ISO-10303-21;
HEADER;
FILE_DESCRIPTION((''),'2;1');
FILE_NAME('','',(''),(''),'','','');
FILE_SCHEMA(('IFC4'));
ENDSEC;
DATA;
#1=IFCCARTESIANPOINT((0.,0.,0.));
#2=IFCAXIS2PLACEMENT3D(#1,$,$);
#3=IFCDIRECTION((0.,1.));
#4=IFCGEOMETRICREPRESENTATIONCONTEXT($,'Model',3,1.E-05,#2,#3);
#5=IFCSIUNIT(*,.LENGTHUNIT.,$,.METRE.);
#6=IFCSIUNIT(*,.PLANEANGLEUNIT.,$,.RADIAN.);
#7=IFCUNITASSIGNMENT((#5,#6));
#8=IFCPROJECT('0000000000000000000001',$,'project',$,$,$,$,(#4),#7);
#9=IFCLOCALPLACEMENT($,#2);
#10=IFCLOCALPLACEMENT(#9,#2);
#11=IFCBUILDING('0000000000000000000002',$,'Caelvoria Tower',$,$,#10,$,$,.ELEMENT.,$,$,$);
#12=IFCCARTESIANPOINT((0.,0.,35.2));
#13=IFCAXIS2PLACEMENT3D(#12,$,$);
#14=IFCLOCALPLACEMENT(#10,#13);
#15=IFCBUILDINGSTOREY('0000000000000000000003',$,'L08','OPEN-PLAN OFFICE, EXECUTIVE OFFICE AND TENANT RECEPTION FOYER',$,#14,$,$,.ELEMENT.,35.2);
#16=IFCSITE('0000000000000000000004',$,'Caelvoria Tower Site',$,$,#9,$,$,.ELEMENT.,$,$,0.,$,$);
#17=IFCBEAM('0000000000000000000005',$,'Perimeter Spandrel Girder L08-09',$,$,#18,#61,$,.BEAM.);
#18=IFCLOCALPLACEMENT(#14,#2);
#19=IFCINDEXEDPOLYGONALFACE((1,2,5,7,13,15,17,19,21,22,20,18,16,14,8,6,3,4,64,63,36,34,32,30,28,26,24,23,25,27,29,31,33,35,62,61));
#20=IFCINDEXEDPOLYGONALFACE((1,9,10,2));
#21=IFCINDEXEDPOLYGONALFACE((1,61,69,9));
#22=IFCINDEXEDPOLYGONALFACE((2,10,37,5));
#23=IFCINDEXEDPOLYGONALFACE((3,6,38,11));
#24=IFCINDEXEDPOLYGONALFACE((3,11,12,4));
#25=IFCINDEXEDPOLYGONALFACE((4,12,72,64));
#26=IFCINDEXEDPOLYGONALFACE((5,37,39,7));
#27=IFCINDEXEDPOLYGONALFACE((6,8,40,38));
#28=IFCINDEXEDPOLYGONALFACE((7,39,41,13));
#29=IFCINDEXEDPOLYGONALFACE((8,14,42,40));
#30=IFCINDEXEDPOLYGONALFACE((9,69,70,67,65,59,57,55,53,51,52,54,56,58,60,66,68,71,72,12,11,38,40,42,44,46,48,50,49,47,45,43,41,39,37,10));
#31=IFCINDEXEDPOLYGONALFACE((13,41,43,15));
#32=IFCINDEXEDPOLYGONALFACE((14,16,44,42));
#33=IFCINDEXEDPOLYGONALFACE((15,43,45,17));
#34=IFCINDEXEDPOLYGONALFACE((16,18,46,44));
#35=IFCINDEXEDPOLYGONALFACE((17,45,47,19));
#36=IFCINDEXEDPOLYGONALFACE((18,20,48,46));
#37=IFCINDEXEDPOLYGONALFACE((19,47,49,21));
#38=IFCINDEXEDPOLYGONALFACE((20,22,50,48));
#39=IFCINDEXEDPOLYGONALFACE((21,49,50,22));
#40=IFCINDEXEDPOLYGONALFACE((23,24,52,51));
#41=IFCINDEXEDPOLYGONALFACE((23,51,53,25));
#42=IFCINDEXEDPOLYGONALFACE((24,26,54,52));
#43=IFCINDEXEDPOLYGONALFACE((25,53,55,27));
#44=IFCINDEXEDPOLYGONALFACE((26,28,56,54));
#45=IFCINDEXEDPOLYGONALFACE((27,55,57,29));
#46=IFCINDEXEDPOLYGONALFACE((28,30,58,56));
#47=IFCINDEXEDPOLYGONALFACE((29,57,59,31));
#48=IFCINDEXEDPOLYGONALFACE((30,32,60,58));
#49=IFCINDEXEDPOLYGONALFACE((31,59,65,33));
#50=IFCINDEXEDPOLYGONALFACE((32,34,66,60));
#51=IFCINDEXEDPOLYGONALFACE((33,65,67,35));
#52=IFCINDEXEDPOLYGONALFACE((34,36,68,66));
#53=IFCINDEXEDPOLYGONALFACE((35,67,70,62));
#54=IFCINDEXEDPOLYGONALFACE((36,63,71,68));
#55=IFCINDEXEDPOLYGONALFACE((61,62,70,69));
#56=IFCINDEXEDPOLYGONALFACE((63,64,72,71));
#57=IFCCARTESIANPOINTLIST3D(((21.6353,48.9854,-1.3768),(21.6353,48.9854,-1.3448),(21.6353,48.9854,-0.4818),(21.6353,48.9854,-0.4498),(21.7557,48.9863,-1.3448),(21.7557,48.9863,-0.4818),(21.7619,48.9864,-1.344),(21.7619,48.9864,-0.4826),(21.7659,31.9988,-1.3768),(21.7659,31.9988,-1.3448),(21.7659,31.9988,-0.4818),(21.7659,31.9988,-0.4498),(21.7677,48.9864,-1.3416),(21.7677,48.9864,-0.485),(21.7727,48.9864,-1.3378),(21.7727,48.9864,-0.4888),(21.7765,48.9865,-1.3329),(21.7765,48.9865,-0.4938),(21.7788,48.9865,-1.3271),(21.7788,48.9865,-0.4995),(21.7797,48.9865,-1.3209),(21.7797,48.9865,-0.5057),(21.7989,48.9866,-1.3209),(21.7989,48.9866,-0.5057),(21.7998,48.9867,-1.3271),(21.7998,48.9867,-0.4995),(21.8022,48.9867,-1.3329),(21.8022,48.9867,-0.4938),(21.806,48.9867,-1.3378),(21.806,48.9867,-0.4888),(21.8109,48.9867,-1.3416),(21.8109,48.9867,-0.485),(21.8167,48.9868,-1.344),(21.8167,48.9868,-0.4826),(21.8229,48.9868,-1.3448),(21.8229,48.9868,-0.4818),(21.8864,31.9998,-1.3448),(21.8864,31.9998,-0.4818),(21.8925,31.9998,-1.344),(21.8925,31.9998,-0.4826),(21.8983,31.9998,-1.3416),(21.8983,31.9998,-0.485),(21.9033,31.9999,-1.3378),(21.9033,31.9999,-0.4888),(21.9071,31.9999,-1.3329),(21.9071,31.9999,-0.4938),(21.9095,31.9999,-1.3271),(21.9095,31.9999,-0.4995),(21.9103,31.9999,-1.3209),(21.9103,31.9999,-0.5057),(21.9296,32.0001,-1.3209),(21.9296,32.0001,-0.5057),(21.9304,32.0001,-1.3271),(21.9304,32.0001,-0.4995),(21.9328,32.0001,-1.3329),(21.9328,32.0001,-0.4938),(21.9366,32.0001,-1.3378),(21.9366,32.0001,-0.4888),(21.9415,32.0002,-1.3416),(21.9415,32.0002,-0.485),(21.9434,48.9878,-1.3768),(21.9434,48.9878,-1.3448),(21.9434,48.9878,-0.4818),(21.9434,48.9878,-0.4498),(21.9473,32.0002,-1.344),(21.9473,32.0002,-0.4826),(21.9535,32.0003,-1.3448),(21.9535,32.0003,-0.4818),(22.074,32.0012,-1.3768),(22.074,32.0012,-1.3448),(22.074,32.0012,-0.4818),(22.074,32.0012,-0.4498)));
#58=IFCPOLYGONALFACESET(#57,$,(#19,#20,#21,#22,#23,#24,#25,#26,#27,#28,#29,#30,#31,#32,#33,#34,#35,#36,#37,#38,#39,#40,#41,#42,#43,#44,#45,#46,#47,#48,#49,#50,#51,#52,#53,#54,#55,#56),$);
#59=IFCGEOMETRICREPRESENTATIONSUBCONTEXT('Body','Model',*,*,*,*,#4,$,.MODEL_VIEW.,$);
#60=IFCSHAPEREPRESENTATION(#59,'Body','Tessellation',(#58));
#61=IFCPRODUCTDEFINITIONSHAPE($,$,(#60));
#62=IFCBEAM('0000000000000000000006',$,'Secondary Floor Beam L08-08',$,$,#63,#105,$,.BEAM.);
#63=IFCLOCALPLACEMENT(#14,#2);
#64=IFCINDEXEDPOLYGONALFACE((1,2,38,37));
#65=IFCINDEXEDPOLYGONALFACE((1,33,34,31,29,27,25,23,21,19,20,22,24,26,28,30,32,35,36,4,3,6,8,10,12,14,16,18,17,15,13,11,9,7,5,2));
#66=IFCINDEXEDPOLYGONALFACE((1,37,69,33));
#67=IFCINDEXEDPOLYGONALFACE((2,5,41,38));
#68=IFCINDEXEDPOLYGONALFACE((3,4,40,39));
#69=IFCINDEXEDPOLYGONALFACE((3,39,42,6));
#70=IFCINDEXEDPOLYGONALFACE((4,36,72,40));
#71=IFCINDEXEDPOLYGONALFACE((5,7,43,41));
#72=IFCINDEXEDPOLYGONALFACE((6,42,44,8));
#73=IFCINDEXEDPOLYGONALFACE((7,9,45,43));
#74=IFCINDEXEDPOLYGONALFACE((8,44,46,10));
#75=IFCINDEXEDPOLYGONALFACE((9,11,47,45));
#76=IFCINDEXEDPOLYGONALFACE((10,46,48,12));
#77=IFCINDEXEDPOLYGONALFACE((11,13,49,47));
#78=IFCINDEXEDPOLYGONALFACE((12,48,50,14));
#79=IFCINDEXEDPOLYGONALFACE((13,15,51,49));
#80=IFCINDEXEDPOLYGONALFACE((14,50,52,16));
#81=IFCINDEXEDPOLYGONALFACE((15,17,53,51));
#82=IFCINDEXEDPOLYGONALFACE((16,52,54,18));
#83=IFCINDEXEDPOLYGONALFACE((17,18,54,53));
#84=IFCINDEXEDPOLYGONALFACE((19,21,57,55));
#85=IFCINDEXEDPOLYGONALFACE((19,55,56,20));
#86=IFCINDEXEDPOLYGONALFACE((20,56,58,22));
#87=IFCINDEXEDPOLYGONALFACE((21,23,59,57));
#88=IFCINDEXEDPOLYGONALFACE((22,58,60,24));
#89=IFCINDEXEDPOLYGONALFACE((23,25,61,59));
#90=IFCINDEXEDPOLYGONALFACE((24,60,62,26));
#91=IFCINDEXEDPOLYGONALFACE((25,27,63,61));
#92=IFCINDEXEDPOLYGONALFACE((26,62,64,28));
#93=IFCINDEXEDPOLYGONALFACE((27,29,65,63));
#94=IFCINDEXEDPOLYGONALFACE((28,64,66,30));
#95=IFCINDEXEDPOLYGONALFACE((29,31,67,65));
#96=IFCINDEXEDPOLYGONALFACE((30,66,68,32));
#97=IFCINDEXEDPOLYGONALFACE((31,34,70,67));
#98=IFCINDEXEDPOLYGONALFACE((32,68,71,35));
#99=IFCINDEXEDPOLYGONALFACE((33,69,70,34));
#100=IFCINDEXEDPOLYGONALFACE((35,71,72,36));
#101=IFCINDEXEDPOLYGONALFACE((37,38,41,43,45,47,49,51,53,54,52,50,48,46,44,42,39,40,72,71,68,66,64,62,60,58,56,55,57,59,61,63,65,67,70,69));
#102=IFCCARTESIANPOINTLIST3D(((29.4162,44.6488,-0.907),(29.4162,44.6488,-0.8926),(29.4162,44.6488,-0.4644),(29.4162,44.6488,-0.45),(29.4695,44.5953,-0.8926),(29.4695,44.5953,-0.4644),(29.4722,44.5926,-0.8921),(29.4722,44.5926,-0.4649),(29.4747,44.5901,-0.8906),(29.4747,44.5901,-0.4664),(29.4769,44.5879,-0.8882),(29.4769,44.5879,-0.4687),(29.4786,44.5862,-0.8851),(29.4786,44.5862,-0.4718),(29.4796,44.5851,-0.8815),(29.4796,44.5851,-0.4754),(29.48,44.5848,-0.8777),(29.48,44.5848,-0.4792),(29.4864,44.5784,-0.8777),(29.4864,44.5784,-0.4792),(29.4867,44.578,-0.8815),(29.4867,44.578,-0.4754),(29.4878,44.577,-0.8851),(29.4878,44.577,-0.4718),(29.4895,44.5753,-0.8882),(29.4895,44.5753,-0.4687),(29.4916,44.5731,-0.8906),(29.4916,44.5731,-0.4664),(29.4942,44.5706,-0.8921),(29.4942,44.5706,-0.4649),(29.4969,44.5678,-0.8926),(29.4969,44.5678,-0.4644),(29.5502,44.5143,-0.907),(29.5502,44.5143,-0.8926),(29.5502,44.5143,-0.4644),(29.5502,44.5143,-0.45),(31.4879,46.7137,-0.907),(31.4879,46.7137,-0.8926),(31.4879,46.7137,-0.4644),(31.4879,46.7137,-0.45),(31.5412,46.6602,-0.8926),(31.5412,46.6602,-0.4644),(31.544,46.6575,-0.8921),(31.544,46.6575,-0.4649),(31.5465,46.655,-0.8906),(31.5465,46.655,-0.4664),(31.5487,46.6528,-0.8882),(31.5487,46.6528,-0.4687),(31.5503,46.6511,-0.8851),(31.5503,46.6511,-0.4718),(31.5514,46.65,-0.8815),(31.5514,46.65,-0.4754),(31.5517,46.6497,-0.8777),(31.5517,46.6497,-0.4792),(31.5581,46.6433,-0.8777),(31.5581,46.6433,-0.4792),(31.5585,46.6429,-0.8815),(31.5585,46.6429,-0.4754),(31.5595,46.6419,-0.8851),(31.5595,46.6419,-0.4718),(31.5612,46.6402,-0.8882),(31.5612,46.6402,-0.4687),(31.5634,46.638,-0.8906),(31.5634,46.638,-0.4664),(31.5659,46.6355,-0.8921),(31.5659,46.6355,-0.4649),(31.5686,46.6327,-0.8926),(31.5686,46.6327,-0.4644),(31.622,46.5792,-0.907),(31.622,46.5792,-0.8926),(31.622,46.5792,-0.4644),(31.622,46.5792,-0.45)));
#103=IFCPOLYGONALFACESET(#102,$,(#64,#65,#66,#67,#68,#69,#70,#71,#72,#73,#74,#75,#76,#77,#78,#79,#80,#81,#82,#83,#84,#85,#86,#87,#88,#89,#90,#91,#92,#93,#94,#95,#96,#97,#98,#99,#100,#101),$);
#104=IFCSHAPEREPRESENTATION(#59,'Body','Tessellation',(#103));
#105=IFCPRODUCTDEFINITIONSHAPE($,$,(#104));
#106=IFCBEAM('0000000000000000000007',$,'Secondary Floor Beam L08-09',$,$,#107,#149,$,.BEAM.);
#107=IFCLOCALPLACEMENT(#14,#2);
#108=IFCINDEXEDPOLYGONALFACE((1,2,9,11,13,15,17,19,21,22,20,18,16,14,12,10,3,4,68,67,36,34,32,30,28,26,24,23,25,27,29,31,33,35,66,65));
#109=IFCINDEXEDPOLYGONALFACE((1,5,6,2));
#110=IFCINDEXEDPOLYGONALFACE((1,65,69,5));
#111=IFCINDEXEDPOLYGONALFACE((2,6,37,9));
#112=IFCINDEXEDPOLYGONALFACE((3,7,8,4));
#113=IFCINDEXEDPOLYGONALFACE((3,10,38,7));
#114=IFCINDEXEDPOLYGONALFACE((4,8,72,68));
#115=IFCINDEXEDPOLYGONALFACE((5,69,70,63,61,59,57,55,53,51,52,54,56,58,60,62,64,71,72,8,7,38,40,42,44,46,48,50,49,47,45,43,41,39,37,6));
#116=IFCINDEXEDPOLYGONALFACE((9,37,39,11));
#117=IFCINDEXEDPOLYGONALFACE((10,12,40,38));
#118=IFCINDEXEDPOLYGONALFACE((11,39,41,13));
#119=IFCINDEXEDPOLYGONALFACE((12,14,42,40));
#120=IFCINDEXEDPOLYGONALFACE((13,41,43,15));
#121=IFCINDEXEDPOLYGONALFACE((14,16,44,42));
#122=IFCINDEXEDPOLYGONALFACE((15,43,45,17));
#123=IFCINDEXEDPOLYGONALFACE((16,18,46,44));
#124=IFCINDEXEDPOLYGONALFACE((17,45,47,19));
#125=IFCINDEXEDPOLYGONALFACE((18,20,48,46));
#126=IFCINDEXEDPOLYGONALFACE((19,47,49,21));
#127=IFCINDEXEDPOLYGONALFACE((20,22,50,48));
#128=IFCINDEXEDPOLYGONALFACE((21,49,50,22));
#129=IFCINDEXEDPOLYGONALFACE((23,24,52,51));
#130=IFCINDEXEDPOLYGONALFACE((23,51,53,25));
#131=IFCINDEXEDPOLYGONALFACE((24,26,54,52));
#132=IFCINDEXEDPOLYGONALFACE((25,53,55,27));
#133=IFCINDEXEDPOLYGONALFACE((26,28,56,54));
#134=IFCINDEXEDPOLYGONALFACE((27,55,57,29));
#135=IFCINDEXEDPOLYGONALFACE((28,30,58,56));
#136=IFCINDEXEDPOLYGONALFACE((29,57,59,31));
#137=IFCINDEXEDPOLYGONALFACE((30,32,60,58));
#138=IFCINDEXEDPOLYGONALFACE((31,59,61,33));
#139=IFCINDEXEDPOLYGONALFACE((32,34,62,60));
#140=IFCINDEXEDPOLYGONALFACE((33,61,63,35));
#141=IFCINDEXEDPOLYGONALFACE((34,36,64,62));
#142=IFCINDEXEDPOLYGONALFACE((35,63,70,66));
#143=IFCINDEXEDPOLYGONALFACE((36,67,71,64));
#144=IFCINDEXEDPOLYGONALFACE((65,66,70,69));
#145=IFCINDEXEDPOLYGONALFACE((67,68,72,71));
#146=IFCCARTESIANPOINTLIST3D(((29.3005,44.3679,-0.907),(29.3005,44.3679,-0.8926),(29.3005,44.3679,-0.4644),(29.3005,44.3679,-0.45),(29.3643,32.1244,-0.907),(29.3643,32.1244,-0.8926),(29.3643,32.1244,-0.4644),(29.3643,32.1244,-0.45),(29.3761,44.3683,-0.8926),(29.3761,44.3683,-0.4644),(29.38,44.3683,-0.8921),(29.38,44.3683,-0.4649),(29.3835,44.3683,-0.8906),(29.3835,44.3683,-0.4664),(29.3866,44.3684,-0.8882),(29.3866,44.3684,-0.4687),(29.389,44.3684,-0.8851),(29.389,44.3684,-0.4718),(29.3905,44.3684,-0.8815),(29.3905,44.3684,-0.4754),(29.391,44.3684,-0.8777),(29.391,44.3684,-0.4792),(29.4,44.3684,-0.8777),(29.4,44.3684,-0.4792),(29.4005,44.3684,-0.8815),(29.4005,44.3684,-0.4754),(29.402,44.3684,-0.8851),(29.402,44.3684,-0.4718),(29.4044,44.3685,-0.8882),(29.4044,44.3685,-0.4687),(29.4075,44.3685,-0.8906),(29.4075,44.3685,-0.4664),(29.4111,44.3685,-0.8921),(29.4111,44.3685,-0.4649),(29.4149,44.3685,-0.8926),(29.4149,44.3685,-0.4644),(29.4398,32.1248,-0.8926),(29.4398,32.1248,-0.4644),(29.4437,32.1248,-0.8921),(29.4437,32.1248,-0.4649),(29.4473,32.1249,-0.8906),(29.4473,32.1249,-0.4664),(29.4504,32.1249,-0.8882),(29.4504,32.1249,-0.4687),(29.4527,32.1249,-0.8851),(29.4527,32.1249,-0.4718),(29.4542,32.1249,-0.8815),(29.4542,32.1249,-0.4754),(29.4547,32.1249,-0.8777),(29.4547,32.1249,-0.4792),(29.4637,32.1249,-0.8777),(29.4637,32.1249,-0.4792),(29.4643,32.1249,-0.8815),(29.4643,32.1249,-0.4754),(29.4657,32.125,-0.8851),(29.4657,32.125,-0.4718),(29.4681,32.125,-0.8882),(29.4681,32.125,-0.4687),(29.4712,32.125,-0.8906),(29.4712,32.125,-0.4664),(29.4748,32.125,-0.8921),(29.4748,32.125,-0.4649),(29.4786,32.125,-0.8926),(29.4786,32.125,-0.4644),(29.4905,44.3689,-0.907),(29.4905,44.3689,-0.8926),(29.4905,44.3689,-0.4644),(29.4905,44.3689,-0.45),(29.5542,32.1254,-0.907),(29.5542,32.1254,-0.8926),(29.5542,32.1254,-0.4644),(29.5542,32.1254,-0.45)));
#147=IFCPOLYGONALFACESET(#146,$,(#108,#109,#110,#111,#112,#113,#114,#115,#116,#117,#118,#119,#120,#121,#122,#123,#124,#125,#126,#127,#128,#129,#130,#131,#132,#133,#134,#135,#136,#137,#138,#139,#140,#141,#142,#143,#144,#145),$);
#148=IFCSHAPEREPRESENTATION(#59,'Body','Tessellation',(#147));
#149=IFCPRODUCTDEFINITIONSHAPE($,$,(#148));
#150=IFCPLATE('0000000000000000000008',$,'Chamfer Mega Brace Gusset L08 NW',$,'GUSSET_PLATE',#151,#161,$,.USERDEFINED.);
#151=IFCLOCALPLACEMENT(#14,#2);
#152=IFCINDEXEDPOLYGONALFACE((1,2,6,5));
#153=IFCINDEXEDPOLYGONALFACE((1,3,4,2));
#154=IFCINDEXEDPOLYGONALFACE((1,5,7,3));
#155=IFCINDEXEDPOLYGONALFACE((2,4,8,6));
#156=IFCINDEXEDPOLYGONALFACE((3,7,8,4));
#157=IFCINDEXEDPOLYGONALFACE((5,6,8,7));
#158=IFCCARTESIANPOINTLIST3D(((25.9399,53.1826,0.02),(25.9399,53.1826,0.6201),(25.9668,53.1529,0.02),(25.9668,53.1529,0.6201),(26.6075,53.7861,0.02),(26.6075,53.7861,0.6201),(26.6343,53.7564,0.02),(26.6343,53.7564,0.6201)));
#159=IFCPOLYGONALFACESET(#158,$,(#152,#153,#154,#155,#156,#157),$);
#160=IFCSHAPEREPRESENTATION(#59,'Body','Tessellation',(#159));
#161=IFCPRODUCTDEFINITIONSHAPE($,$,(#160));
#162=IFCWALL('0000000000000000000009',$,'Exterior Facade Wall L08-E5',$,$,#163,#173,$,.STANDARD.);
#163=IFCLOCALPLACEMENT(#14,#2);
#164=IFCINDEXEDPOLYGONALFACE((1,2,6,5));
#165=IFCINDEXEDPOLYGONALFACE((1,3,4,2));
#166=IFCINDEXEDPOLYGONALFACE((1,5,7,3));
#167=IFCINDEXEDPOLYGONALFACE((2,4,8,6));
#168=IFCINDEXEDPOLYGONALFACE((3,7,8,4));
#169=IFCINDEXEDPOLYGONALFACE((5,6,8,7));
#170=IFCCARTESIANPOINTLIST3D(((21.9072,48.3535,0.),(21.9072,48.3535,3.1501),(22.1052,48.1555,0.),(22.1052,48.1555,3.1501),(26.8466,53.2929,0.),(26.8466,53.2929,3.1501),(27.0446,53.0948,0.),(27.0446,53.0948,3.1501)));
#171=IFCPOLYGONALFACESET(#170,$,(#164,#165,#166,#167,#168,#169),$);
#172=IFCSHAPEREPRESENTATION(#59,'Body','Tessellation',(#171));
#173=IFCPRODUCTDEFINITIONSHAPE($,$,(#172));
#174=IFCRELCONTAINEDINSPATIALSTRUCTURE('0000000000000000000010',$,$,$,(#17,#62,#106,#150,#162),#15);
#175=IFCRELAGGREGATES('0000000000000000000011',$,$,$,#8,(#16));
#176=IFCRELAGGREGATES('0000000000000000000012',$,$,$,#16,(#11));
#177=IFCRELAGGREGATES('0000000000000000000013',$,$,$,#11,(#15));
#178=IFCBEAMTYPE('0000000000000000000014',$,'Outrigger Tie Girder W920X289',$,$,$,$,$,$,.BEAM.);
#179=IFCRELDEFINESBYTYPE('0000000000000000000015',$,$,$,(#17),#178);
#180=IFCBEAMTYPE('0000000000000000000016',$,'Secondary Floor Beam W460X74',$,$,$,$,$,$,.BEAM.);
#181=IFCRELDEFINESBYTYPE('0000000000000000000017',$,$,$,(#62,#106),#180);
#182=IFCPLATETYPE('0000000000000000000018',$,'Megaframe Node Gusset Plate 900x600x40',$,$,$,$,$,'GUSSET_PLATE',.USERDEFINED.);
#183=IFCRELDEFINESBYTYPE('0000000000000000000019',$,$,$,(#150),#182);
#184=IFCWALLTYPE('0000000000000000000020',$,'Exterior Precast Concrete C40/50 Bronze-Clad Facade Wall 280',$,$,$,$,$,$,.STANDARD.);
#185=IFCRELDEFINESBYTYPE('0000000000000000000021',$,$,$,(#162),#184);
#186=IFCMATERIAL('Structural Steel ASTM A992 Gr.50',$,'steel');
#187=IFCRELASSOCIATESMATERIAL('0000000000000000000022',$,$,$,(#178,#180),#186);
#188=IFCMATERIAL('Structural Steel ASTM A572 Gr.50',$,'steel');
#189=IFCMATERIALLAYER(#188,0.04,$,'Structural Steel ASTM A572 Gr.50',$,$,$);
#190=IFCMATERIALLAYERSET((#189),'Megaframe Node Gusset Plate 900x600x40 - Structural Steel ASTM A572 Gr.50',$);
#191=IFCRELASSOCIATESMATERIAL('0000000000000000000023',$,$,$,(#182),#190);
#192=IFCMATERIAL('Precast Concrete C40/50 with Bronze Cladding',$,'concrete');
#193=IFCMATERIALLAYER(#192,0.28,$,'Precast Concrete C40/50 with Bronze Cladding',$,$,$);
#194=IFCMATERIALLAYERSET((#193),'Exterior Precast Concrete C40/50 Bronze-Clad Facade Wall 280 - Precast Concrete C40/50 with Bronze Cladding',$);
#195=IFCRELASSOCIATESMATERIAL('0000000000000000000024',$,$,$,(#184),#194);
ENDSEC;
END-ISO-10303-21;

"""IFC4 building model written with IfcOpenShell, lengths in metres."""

from ifc_helpers import new_model, si_unit, direction, frame, frame_2d, origin, origin_2d, place, context, subcontext, project, spatial, rectangle, i_section, extrude, material, layer, layer_set, material_profile, profile_set, type_object, element, save


model = new_model("IFC4")

# Units and contexts
model_context = context("Model", 3, precision=1e-05, world=origin(), true_north=direction((0.0, 1.0)))
body_context = subcontext(model_context, "Body", "Model", "MODEL_VIEW")
ifc_project = project(units=[si_unit("LENGTHUNIT", "METRE"), si_unit("PLANEANGLEUNIT", "RADIAN")], contexts=[model_context])

# Site, building, storey
site_placement = place(None, origin())
site = spatial("IfcSite", under=ifc_project, at=site_placement, Name="Caelvoria Tower Site", CompositionType="ELEMENT", RefElevation=0.0)
building_placement = place(site_placement, origin())
building = spatial("IfcBuilding", under=site, at=building_placement, Name="Caelvoria Tower", CompositionType="ELEMENT")
storey_placement = place(building_placement, frame((0.0, 0.0, 35.2)))
storey = spatial("IfcBuildingStorey", under=building, at=storey_placement, Name="L08", Description="OPEN-PLAN OFFICE, EXECUTIVE OFFICE AND TENANT RECEPTION FOYER", CompositionType="ELEMENT", Elevation=35.2)

# Shared definitions
ifc_material_1 = material(Name="Structural Steel ASTM A572 Gr.50", Category="steel")

# Beams
ifc_material_2 = material(Name="Structural Steel ASTM A992 Gr.50", Category="steel")
ifc_material_profile_1 = material_profile(ifc_material_2, i_section(OverallWidth=0.3081, OverallDepth=0.927, WebThickness=0.0193, FlangeThickness=0.032, FilletRadius=0.0239, at=origin_2d()), Name="Structural Steel ASTM A992 Gr.50")
ifc_profile_set_1 = profile_set([ifc_material_profile_1], Name="W920X289 - Structural Steel ASTM A992 Gr.50")
beam_type_1 = type_object("IfcBeamType", Name="Outrigger Tie Girder W920X289", PredefinedType="BEAM", material=ifc_profile_set_1)
beam_1_placement = place(storey_placement, frame((21.7893, 48.9866, -0.9133), z_axis=(0.007689, -0.99997, 0.0), x_axis=(0.99997, 0.007689, 0.0)))
element("IfcBeam", 1, at=beam_1_placement, inside=storey, type_object=beam_type_1, Name="Perimeter Spandrel Girder L08-09", PredefinedType="BEAM", context=body_context, shape_type="SweptSolid", body=[
    extrude(i_section(OverallWidth=0.3081, OverallDepth=0.927, WebThickness=0.0193, FlangeThickness=0.032, FilletRadius=0.0239, at=origin_2d()), origin(), (0.0, 0.0, 1.0), 16.9871),
])
ifc_material_profile_2 = material_profile(ifc_material_2, i_section(OverallWidth=0.1899, OverallDepth=0.457, WebThickness=0.009, FlangeThickness=0.0144, FilletRadius=0.0149, at=origin_2d()), Name="Structural Steel ASTM A992 Gr.50")
ifc_profile_set_2 = profile_set([ifc_material_profile_2], Name="W460X74 - Structural Steel ASTM A992 Gr.50")
beam_type_2 = type_object("IfcBeamType", Name="Secondary Floor Beam W460X74", PredefinedType="BEAM", material=ifc_profile_set_2)
beam_2_placement = place(storey_placement, frame((31.5549, 46.6465, -0.6785), z_axis=(-0.708274, -0.705937, 0.0), x_axis=(0.705937, -0.708274, 0.0)))
element("IfcBeam", 2, at=beam_2_placement, inside=storey, type_object=beam_type_2, Name="Secondary Floor Beam L08-08", PredefinedType="BEAM", context=body_context, shape_type="SweptSolid", body=[
    extrude(i_section(OverallWidth=0.1899, OverallDepth=0.457, WebThickness=0.009, FlangeThickness=0.0144, FilletRadius=0.0149, at=origin_2d()), origin(), (0.0, 0.0, 1.0), 2.925),
])
beam_3_placement = place(storey_placement, frame((29.3955, 44.3684, -0.6785), z_axis=(0.005204, -0.999986, 0.0), x_axis=(0.999986, 0.005204, 0.0)))
element("IfcBeam", 3, at=beam_3_placement, inside=storey, type_object=beam_type_2, Name="Secondary Floor Beam L08-09", PredefinedType="BEAM", context=body_context, shape_type="SweptSolid", body=[
    extrude(i_section(OverallWidth=0.1899, OverallDepth=0.457, WebThickness=0.009, FlangeThickness=0.0144, FilletRadius=0.0149, at=origin_2d()), origin(), (0.0, 0.0, 1.0), 12.2437),
])

# Plate
ifc_layer_1 = layer(ifc_material_1, 0.04, Name="Structural Steel ASTM A572 Gr.50")
ifc_layer_set_1 = layer_set([ifc_layer_1], Name="Megaframe Node Gusset Plate 900x600x40 - Structural Steel ASTM A572 Gr.50")
plate_type = type_object("IfcPlateType", Name="Megaframe Node Gusset Plate 900x600x40", ElementType="GUSSET_PLATE", PredefinedType="USERDEFINED", material=ifc_layer_set_1)
plate_placement = place(storey_placement, frame((26.2871, 53.4695, 0.02), z_axis=(0.0, 0.0, 1.0), x_axis=(-0.741816, -0.670604, 0.0)))
element("IfcPlate", 4, at=plate_placement, inside=storey, type_object=plate_type, Name="Chamfer Mega Brace Gusset L08 NW", ObjectType="GUSSET_PLATE", PredefinedType="USERDEFINED", context=body_context, shape_type="SweptSolid", body=[
    extrude(rectangle(XDim=0.8999, YDim=0.04, at=origin_2d()), origin(), (0.0, 0.0, 1.0), 0.6001),
])

# Wall
ifc_material_3 = material(Name="Precast Concrete C40/50 with Bronze Cladding", Category="concrete")
ifc_layer_2 = layer(ifc_material_3, 0.28, Name="Precast Concrete C40/50 with Bronze Cladding")
ifc_layer_set_2 = layer_set([ifc_layer_2], Name="Exterior Precast Concrete C40/50 Bronze-Clad Facade Wall 280 - Precast Concrete C40/50 with Bronze Cladding")
wall_type = type_object("IfcWallType", Name="Exterior Precast Concrete C40/50 Bronze-Clad Facade Wall 280", PredefinedType="STANDARD", material=ifc_layer_set_2)
wall_1_placement = place(storey_placement, frame((26.9456, 53.1938, 0.0), z_axis=(0.0, 0.0, 1.0), x_axis=(-0.707107, -0.707107, 0.0)))
element("IfcWall", 5, at=wall_1_placement, inside=storey, type_object=wall_type, Name="Exterior Facade Wall L08-E5", PredefinedType="STANDARD", context=body_context, shape_type="SweptSolid", body=[
    extrude(rectangle(XDim=6.9854, YDim=0.28, at=frame_2d((3.4927, 0.0))), origin(), (0.0, 0.0, 1.0), 3.1501),
])

save(model, "model.ifc")
